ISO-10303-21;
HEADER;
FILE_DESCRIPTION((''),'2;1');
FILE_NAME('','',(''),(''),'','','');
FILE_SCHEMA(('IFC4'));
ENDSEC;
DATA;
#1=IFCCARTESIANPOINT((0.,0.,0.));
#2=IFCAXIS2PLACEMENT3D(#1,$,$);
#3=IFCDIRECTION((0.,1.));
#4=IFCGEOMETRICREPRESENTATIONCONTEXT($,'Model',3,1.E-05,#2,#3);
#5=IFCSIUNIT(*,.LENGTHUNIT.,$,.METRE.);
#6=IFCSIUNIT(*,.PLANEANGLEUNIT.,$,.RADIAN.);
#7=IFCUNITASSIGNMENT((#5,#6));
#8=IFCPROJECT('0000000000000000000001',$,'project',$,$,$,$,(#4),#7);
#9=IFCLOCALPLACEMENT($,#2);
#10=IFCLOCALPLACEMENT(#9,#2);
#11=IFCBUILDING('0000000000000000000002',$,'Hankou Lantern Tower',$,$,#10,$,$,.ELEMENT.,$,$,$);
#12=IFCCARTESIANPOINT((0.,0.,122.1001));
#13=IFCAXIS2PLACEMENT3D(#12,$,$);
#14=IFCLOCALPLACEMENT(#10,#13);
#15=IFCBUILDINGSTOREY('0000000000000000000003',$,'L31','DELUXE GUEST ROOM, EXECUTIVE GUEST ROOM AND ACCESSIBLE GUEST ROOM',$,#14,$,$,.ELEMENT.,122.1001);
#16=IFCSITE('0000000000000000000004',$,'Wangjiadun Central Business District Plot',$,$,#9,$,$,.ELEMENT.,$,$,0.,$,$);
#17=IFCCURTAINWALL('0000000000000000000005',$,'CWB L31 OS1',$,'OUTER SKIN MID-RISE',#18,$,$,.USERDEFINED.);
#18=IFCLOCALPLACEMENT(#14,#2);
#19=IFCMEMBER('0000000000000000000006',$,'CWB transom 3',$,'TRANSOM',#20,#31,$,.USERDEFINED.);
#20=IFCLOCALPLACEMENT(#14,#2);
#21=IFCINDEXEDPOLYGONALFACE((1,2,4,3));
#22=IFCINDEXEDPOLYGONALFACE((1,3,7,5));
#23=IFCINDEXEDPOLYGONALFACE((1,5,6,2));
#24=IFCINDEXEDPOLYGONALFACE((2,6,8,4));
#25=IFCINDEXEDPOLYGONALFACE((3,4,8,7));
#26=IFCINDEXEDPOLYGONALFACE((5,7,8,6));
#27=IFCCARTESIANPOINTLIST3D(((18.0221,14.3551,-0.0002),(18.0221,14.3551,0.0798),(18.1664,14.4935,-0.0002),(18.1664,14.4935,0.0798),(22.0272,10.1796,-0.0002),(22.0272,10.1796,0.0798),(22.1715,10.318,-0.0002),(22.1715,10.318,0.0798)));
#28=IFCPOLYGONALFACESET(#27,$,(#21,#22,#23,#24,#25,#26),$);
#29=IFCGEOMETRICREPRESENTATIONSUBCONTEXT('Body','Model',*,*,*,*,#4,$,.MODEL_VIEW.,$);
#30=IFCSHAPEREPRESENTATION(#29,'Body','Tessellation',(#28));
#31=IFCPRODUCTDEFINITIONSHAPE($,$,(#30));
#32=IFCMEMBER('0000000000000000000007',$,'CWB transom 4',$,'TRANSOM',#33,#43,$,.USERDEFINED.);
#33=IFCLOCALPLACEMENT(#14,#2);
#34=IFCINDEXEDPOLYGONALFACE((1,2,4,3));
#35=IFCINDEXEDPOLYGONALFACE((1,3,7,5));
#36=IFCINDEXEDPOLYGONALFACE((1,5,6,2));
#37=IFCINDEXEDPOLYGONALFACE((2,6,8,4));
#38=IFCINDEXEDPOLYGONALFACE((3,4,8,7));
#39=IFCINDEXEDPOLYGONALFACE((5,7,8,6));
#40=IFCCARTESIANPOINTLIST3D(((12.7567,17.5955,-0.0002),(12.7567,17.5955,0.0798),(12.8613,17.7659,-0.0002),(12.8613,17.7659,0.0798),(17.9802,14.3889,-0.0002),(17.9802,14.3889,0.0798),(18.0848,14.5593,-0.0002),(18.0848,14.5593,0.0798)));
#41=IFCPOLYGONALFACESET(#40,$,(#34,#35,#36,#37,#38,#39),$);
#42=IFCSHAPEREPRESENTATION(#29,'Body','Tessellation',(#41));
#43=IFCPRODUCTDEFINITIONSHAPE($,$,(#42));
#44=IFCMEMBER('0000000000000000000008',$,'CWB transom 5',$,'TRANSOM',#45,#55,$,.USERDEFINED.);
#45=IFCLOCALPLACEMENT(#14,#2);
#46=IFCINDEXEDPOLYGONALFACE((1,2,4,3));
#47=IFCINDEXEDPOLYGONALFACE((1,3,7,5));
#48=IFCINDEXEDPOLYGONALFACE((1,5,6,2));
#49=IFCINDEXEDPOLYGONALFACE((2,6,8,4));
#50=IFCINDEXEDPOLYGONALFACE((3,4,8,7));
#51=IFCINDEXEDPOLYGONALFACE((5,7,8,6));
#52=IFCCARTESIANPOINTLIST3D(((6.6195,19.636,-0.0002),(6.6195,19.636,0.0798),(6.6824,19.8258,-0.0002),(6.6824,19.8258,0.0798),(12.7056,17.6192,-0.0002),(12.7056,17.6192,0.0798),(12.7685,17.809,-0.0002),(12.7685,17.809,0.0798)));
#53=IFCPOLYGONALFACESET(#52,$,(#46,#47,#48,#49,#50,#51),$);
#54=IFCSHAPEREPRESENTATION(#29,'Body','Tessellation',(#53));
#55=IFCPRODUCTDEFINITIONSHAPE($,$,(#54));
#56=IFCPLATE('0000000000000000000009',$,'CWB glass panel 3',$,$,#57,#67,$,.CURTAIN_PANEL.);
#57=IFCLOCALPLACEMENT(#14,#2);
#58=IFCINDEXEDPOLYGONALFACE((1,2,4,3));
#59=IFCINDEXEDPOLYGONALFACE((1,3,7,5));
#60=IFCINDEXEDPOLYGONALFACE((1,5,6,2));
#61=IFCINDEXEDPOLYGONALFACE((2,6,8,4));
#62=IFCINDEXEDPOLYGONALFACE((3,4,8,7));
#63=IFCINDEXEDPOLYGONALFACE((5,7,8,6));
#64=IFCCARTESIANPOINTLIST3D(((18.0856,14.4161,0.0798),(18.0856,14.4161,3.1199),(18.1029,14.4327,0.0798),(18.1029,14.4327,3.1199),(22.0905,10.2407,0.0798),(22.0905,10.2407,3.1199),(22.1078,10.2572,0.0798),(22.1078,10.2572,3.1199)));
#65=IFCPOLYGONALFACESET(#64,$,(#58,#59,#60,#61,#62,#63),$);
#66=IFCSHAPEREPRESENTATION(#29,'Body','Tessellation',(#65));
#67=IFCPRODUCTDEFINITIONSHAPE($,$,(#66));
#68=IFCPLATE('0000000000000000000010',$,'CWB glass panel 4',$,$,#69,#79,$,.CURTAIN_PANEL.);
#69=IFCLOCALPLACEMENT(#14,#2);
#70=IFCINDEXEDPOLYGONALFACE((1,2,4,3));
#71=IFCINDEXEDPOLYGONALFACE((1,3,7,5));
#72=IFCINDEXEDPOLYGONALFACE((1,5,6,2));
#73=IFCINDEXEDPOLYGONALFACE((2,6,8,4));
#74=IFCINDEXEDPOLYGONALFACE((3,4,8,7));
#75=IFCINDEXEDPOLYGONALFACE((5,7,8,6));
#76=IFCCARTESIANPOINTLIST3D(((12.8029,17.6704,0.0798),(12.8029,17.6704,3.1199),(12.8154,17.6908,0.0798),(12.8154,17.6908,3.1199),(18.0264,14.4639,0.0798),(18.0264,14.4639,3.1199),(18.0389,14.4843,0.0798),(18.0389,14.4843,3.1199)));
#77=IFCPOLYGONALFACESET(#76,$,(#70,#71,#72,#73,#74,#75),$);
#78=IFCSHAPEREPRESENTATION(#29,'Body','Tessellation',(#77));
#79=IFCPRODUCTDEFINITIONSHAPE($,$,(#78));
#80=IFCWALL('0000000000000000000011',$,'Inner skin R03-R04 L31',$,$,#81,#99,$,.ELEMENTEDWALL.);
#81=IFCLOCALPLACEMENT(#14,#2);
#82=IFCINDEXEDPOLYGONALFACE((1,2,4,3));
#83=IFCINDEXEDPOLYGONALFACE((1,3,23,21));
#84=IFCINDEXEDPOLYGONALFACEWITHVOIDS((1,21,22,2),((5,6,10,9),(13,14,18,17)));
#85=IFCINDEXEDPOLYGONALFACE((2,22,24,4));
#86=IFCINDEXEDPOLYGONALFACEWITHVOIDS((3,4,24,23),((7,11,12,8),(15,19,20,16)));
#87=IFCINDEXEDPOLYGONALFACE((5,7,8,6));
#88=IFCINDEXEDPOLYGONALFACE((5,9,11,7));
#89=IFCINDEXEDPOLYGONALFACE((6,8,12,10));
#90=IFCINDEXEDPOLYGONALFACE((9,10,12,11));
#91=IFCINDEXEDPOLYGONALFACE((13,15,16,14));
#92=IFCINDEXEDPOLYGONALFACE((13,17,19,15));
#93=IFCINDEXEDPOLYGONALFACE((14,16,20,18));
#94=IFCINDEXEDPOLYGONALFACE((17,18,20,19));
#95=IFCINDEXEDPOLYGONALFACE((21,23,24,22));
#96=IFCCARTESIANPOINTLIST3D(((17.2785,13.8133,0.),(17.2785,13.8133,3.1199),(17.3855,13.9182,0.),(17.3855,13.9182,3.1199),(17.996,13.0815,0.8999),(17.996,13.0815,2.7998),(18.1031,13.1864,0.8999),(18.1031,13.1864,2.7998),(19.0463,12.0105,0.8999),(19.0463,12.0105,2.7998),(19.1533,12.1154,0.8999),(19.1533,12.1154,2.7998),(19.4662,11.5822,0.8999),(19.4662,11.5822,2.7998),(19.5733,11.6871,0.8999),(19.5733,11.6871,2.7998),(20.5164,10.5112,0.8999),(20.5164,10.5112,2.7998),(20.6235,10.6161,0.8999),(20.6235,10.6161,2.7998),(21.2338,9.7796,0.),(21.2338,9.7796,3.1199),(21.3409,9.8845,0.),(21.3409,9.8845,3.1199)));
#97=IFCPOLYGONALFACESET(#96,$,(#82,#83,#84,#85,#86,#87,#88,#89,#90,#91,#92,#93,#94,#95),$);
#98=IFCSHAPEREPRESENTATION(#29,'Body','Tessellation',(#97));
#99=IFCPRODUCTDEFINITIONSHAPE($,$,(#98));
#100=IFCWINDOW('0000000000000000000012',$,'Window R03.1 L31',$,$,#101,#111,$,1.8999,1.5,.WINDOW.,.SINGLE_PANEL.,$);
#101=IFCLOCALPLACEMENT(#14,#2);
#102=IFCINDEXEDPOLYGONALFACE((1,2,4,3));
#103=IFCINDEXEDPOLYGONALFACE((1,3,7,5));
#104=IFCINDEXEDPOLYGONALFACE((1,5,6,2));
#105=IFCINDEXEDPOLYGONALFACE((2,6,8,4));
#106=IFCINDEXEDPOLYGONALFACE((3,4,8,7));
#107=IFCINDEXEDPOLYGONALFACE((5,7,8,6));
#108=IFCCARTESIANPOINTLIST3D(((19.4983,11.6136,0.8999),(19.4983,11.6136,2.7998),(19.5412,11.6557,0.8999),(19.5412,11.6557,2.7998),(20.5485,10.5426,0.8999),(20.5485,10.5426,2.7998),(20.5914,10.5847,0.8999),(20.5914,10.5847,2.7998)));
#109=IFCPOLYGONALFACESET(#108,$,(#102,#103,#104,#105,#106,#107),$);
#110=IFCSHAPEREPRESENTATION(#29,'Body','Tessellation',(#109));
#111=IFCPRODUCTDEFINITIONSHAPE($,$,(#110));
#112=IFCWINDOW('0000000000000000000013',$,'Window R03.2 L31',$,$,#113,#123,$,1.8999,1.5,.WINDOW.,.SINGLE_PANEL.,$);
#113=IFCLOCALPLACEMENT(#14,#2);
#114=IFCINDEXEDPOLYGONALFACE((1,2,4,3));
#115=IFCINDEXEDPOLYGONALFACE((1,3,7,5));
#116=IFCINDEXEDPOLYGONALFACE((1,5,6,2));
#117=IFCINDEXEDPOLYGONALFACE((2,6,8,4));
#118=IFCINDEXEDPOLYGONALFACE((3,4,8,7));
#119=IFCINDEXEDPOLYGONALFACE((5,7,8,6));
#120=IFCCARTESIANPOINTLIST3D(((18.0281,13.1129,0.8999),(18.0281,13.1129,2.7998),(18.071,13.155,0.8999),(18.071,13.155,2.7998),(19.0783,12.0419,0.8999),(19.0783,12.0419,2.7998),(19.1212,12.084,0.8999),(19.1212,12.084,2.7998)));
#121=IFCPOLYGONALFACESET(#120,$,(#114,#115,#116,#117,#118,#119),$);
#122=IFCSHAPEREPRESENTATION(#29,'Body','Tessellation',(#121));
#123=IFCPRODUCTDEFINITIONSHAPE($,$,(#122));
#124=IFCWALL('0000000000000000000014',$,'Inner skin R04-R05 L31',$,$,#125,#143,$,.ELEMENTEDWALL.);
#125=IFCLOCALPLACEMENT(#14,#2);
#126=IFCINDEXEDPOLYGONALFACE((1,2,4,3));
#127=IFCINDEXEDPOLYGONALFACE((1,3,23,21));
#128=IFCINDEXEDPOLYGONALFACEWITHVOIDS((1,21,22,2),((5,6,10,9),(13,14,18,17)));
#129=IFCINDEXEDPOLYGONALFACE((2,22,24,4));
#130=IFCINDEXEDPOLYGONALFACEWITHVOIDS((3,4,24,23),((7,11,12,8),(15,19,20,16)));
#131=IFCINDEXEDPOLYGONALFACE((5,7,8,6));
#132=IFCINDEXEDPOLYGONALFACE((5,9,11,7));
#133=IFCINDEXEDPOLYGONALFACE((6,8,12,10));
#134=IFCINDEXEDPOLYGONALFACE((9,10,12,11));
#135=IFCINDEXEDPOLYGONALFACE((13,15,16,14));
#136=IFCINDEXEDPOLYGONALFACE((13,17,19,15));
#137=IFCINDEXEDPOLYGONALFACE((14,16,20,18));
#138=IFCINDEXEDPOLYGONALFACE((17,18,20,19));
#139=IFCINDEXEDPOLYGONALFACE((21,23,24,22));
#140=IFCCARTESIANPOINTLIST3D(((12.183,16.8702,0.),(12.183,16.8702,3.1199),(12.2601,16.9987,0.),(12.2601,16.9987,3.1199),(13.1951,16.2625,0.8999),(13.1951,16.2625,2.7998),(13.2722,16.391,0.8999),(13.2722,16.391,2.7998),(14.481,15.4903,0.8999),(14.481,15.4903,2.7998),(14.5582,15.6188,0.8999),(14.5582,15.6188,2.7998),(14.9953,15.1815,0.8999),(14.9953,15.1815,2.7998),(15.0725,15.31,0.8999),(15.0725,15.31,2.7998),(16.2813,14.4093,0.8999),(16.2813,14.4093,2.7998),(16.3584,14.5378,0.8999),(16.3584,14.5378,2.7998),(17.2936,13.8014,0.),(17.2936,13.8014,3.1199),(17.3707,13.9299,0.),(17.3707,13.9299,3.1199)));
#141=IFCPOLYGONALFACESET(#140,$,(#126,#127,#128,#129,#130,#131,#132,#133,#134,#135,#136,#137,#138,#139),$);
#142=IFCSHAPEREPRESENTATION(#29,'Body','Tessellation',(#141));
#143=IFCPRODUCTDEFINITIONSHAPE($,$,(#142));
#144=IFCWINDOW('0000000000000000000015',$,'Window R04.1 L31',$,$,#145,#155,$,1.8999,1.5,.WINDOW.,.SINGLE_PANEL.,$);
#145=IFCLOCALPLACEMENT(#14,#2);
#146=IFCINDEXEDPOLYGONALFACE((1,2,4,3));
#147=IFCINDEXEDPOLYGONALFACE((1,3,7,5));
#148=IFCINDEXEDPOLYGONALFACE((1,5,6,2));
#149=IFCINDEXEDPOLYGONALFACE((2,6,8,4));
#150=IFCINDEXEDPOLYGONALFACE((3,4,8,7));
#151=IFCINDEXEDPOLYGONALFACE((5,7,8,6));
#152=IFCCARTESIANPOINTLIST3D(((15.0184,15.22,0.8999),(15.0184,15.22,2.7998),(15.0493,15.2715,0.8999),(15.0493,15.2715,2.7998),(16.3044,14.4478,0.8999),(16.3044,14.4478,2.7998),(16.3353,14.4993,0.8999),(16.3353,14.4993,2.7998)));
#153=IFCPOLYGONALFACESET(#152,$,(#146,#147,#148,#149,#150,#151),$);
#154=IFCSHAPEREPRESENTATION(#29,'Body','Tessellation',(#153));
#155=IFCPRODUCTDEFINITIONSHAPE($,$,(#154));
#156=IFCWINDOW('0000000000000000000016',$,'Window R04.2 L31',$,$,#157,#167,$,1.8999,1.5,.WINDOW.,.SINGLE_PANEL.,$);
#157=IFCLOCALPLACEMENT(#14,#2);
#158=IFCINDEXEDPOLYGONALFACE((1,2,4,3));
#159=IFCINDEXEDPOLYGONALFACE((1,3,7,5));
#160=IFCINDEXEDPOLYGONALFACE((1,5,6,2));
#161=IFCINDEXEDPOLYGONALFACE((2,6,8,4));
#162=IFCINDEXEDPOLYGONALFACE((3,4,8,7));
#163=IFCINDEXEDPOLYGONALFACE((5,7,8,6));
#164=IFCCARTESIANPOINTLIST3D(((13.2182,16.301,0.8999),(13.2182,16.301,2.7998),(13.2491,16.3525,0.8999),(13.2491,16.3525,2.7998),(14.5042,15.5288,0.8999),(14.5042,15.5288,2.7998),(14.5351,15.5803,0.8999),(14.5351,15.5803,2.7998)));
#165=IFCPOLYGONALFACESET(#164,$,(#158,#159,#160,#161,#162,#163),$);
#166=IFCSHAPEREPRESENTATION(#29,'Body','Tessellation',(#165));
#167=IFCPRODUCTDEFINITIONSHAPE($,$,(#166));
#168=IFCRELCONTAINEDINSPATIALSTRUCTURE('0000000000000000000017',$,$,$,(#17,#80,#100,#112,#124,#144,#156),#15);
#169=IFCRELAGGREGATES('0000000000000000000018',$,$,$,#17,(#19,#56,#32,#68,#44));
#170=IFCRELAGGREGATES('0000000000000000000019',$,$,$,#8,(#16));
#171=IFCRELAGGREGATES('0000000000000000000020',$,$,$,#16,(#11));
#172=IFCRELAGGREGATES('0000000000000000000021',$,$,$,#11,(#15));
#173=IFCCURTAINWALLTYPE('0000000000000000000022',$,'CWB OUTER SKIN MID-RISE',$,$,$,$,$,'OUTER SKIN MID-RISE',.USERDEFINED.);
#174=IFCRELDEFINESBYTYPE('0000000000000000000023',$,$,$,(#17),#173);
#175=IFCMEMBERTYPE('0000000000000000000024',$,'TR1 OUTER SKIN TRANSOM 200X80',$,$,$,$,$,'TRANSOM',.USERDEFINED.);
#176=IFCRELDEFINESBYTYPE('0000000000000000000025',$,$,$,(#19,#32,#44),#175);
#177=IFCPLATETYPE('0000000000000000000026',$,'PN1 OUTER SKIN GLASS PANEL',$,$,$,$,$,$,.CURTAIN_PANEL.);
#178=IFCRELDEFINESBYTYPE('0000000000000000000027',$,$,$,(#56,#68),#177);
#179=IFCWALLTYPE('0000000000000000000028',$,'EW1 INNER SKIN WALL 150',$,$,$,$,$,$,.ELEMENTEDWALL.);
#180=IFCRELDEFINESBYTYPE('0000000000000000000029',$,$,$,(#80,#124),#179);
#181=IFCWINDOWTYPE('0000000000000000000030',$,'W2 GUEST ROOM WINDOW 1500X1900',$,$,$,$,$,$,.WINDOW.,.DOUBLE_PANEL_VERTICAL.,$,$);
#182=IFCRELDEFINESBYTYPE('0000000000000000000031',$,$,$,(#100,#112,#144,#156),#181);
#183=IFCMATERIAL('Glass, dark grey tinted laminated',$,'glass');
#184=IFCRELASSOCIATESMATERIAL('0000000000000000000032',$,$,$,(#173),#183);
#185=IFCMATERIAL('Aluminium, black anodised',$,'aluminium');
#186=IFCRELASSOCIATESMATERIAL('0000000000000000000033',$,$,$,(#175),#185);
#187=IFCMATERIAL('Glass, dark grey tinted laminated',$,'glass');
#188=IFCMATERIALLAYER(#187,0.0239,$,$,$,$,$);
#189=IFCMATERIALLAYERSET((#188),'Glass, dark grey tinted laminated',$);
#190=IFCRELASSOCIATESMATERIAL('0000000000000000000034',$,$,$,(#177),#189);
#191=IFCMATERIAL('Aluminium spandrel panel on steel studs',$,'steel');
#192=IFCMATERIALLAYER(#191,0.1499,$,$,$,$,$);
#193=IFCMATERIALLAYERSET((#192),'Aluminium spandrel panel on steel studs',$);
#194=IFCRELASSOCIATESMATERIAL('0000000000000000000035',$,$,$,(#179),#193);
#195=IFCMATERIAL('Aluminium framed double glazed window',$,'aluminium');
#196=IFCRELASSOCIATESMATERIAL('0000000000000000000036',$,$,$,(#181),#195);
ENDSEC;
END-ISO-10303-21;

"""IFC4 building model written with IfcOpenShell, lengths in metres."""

from ifc_helpers import new_model, si_unit, direction, frame, frame_2d, origin, origin_2d, place, context, subcontext, project, spatial, rectangle, extrude, material, layer, layer_set, material_profile, profile_set, type_object, element, fill, aggregate, save


model = new_model("IFC4")

# Units and contexts
model_context = context("Model", 3, precision=1e-05, world=origin(), true_north=direction((0.0, 1.0)))
body_context = subcontext(model_context, "Body", "Model", "MODEL_VIEW")
ifc_project = project(units=[si_unit("LENGTHUNIT", "METRE"), si_unit("PLANEANGLEUNIT", "RADIAN")], contexts=[model_context])

# Site, building, storey
site_placement = place(None, origin())
site = spatial("IfcSite", under=ifc_project, at=site_placement, Name="Wangjiadun Central Business District Plot", CompositionType="ELEMENT", RefElevation=0.0)
building_placement = place(site_placement, origin())
building = spatial("IfcBuilding", under=site, at=building_placement, Name="Hankou Lantern Tower", CompositionType="ELEMENT")
storey_placement = place(building_placement, frame((0.0, 0.0, 122.1001)))
storey = spatial("IfcBuildingStorey", under=building, at=storey_placement, Name="L31", Description="DELUXE GUEST ROOM, EXECUTIVE GUEST ROOM AND ACCESSIBLE GUEST ROOM", CompositionType="ELEMENT", Elevation=122.1001)

# Curtain wall, members, plates
ifc_material_1 = material(Name="Glass, dark grey tinted laminated", Category="glass")
curtain_wall_type = type_object("IfcCurtainWallType", Name="CWB OUTER SKIN MID-RISE", ElementType="OUTER SKIN MID-RISE", PredefinedType="USERDEFINED", material=ifc_material_1)
curtain_wall_placement = place(storey_placement, origin())
curtain_wall = element("IfcCurtainWall", 1, at=curtain_wall_placement, inside=storey, type_object=curtain_wall_type, Name="CWB L31 OS1", ObjectType="OUTER SKIN MID-RISE", PredefinedType="USERDEFINED")
ifc_material_2 = material(Name="Aluminium, black anodised", Category="aluminium")
ifc_material_profile_1 = material_profile(ifc_material_2, rectangle(XDim=0.2, YDim=0.0801, at=origin_2d()), Name="TR1 200X80")
ifc_profile_set_1 = profile_set([ifc_material_profile_1], Name="Aluminium, black anodised")
member_type_1 = type_object("IfcMemberType", Name="TR1 OUTER SKIN TRANSOM 200X80", ElementType="TRANSOM", PredefinedType="USERDEFINED", material=ifc_profile_set_1)
member_1_placement = place(storey_placement, frame((22.0994, 10.2488, 0.0398), z_axis=(-0.692227, 0.72168, 0.0), x_axis=(-0.72168, -0.692227, 0.0)))
member_1 = element("IfcMember", 2, at=member_1_placement, type_object=member_type_1, Name="CWB transom 3", ObjectType="TRANSOM", PredefinedType="USERDEFINED", context=body_context, shape_type="SweptSolid", body=[
    extrude(rectangle(XDim=0.2, YDim=0.0801, at=origin_2d()), origin(), (0.0, 0.0, 1.0), 5.7859),
])
member_2_placement = place(storey_placement, frame((18.0325, 14.4741, 0.0398), z_axis=(-0.852229, 0.523168, 0.0), x_axis=(-0.523168, -0.852229, 0.0)))
member_2 = element("IfcMember", 3, at=member_2_placement, type_object=member_type_1, Name="CWB transom 4", ObjectType="TRANSOM", PredefinedType="USERDEFINED", context=body_context, shape_type="SweptSolid", body=[
    extrude(rectangle(XDim=0.2, YDim=0.0801, at=origin_2d()), origin(), (0.0, 0.0, 1.0), 6.1292),
])
member_3_placement = place(storey_placement, frame((12.7371, 17.7141, 0.0398), z_axis=(-0.949238, 0.314559, 0.0), x_axis=(-0.314559, -0.949238, 0.0)))
member_3 = element("IfcMember", 4, at=member_3_placement, type_object=member_type_1, Name="CWB transom 5", ObjectType="TRANSOM", PredefinedType="USERDEFINED", context=body_context, shape_type="SweptSolid", body=[
    extrude(rectangle(XDim=0.2, YDim=0.0801, at=origin_2d()), origin(), (0.0, 0.0, 1.0), 6.4116),
])
ifc_material_3 = material(Name="Glass, dark grey tinted laminated", Category="glass")
ifc_layer_1 = layer(ifc_material_3, 0.0239)
ifc_layer_set_1 = layer_set([ifc_layer_1], Name="Glass, dark grey tinted laminated")
plate_type = type_object("IfcPlateType", Name="PN1 OUTER SKIN GLASS PANEL", PredefinedType="CURTAIN_PANEL", material=ifc_layer_set_1)
plate_1_placement = place(storey_placement, frame((20.0967, 12.3367, 0.0798), z_axis=(0.0, 0.0, 1.0), x_axis=(-0.692216, 0.721691, 0.0)))
plate_1 = element("IfcPlate", 5, at=plate_1_placement, type_object=plate_type, Name="CWB glass panel 3", PredefinedType="CURTAIN_PANEL", context=body_context, shape_type="SweptSolid", body=[
    extrude(rectangle(XDim=5.7856, YDim=0.0239, at=origin_2d()), origin(), (0.0, 0.0, 1.0), 3.04),
])
plate_2_placement = place(storey_placement, frame((15.4209, 16.0774, 0.0798), z_axis=(0.0, 0.0, 1.0), x_axis=(-0.852237, 0.523156, 0.0)))
plate_2 = element("IfcPlate", 6, at=plate_2_placement, type_object=plate_type, Name="CWB glass panel 4", PredefinedType="CURTAIN_PANEL", context=body_context, shape_type="SweptSolid", body=[
    extrude(rectangle(XDim=6.1292, YDim=0.0239, at=origin_2d()), origin(), (0.0, 0.0, 1.0), 3.04),
])
aggregate(curtain_wall, [member_1, plate_1, member_2, plate_2, member_3])

# Walls, openings, windows
ifc_material_4 = material(Name="Aluminium spandrel panel on steel studs", Category="steel")
ifc_layer_2 = layer(ifc_material_4, 0.1499)
ifc_layer_set_2 = layer_set([ifc_layer_2], Name="Aluminium spandrel panel on steel studs")
wall_type_1 = type_object("IfcWallType", Name="EW1 INNER SKIN WALL 150", PredefinedType="ELEMENTEDWALL", material=ifc_layer_set_2)
wall_1_placement = place(storey_placement, frame((21.2874, 9.832, 0.0), z_axis=(0.0, 0.0, 1.0), x_axis=(-0.700137, 0.714009, 0.0)))
wall_1 = element("IfcWall", 7, at=wall_1_placement, inside=storey, type_object=wall_type_1, Name="Inner skin R03-R04 L31", PredefinedType="ELEMENTEDWALL", context=body_context, shape_type="SweptSolid", body=[
    extrude(rectangle(XDim=5.6494, YDim=0.1499, at=frame_2d((2.8247, 0.0))), origin(), (0.0, 0.0, 1.0), 3.1199),
])
opening_1_placement = place(wall_1_placement, frame((1.0247, 0.0, 0.8999)))
opening_1 = element("IfcOpeningElement", 8, at=opening_1_placement, cuts=wall_1, PredefinedType="OPENING", context=body_context, shape_type="SweptSolid", body=[
    extrude(rectangle(XDim=1.5, YDim=1.8999, at=frame_2d((0.75, 0.95))), frame((0.0, 0.085, 0.0), z_axis=(0.0, -1.0, 0.0), x_axis=(1.0, 0.0, 0.0)), (0.0, 0.0, 1.0), 0.1699),
])
opening_2_placement = place(wall_1_placement, frame((3.1245, 0.0, 0.8999)))
opening_2 = element("IfcOpeningElement", 9, at=opening_2_placement, cuts=wall_1, PredefinedType="OPENING", context=body_context, shape_type="SweptSolid", body=[
    extrude(rectangle(XDim=1.5, YDim=1.8999, at=frame_2d((0.75, 0.95))), frame((0.0, 0.085, 0.0), z_axis=(0.0, -1.0, 0.0), x_axis=(1.0, 0.0, 0.0)), (0.0, 0.0, 1.0), 0.1699),
])
ifc_material_5 = material(Name="Aluminium framed double glazed window", Category="aluminium")
window_type = type_object("IfcWindowType", Name="W2 GUEST ROOM WINDOW 1500X1900", PartitioningType="DOUBLE_PANEL_VERTICAL", PredefinedType="WINDOW", material=ifc_material_5)
window_1_placement = place(opening_1_placement, origin())
window_1 = element("IfcWindow", 10, at=window_1_placement, inside=storey, type_object=window_type, Name="Window R03.1 L31", OverallHeight=1.8999, OverallWidth=1.5, PartitioningType="SINGLE_PANEL", PredefinedType="WINDOW", context=body_context, shape_type="SweptSolid", body=[
    extrude(rectangle(XDim=1.5, YDim=1.8999, at=frame_2d((0.75, 0.95))), frame((0.0, 0.03, 0.0), z_axis=(0.0, -1.0, 0.0), x_axis=(1.0, 0.0, 0.0)), (0.0, 0.0, 1.0), 0.0601),
])
fill(opening_1, window_1)
window_2_placement = place(opening_2_placement, origin())
window_2 = element("IfcWindow", 11, at=window_2_placement, inside=storey, type_object=window_type, Name="Window R03.2 L31", OverallHeight=1.8999, OverallWidth=1.5, PartitioningType="SINGLE_PANEL", PredefinedType="WINDOW", context=body_context, shape_type="SweptSolid", body=[
    extrude(rectangle(XDim=1.5, YDim=1.8999, at=frame_2d((0.75, 0.95))), frame((0.0, 0.03, 0.0), z_axis=(0.0, -1.0, 0.0), x_axis=(1.0, 0.0, 0.0)), (0.0, 0.0, 1.0), 0.0601),
])
fill(opening_2, window_2)
wall_2_placement = place(storey_placement, frame((17.332, 13.8657, 0.0), z_axis=(0.0, 0.0, 1.0), x_axis=(-0.857309, 0.514803, 0.0)))
wall_2 = element("IfcWall", 12, at=wall_2_placement, inside=storey, type_object=wall_type_1, Name="Inner skin R04-R05 L31", PredefinedType="ELEMENTEDWALL", context=body_context, shape_type="SweptSolid", body=[
    extrude(rectangle(XDim=5.9612, YDim=0.1499, at=frame_2d((2.9805, 0.0))), origin(), (0.0, 0.0, 1.0), 3.1199),
])
opening_3_placement = place(wall_2_placement, frame((1.1807, 0.0, 0.8999)))
opening_3 = element("IfcOpeningElement", 13, at=opening_3_placement, cuts=wall_2, PredefinedType="OPENING", context=body_context, shape_type="SweptSolid", body=[
    extrude(rectangle(XDim=1.5, YDim=1.8999, at=frame_2d((0.75, 0.95))), frame((0.0, 0.085, 0.0), z_axis=(0.0, -1.0, 0.0), x_axis=(1.0, 0.0, 0.0)), (0.0, 0.0, 1.0), 0.1699),
])
opening_4_placement = place(wall_2_placement, frame((3.2805, 0.0, 0.8999)))
opening_4 = element("IfcOpeningElement", 14, at=opening_4_placement, cuts=wall_2, PredefinedType="OPENING", context=body_context, shape_type="SweptSolid", body=[
    extrude(rectangle(XDim=1.5, YDim=1.8999, at=frame_2d((0.75, 0.95))), frame((0.0, 0.085, 0.0), z_axis=(0.0, -1.0, 0.0), x_axis=(1.0, 0.0, 0.0)), (0.0, 0.0, 1.0), 0.1699),
])
window_3_placement = place(opening_3_placement, origin())
window_3 = element("IfcWindow", 15, at=window_3_placement, inside=storey, type_object=window_type, Name="Window R04.1 L31", OverallHeight=1.8999, OverallWidth=1.5, PartitioningType="SINGLE_PANEL", PredefinedType="WINDOW", context=body_context, shape_type="SweptSolid", body=[
    extrude(rectangle(XDim=1.5, YDim=1.8999, at=frame_2d((0.75, 0.95))), frame((0.0, 0.03, 0.0), z_axis=(0.0, -1.0, 0.0), x_axis=(1.0, 0.0, 0.0)), (0.0, 0.0, 1.0), 0.0601),
])
fill(opening_3, window_3)
window_4_placement = place(opening_4_placement, origin())
window_4 = element("IfcWindow", 16, at=window_4_placement, inside=storey, type_object=window_type, Name="Window R04.2 L31", OverallHeight=1.8999, OverallWidth=1.5, PartitioningType="SINGLE_PANEL", PredefinedType="WINDOW", context=body_context, shape_type="SweptSolid", body=[
    extrude(rectangle(XDim=1.5, YDim=1.8999, at=frame_2d((0.75, 0.95))), frame((0.0, 0.03, 0.0), z_axis=(0.0, -1.0, 0.0), x_axis=(1.0, 0.0, 0.0)), (0.0, 0.0, 1.0), 0.0601),
])
fill(opening_4, window_4)

save(model, "model.ifc")
